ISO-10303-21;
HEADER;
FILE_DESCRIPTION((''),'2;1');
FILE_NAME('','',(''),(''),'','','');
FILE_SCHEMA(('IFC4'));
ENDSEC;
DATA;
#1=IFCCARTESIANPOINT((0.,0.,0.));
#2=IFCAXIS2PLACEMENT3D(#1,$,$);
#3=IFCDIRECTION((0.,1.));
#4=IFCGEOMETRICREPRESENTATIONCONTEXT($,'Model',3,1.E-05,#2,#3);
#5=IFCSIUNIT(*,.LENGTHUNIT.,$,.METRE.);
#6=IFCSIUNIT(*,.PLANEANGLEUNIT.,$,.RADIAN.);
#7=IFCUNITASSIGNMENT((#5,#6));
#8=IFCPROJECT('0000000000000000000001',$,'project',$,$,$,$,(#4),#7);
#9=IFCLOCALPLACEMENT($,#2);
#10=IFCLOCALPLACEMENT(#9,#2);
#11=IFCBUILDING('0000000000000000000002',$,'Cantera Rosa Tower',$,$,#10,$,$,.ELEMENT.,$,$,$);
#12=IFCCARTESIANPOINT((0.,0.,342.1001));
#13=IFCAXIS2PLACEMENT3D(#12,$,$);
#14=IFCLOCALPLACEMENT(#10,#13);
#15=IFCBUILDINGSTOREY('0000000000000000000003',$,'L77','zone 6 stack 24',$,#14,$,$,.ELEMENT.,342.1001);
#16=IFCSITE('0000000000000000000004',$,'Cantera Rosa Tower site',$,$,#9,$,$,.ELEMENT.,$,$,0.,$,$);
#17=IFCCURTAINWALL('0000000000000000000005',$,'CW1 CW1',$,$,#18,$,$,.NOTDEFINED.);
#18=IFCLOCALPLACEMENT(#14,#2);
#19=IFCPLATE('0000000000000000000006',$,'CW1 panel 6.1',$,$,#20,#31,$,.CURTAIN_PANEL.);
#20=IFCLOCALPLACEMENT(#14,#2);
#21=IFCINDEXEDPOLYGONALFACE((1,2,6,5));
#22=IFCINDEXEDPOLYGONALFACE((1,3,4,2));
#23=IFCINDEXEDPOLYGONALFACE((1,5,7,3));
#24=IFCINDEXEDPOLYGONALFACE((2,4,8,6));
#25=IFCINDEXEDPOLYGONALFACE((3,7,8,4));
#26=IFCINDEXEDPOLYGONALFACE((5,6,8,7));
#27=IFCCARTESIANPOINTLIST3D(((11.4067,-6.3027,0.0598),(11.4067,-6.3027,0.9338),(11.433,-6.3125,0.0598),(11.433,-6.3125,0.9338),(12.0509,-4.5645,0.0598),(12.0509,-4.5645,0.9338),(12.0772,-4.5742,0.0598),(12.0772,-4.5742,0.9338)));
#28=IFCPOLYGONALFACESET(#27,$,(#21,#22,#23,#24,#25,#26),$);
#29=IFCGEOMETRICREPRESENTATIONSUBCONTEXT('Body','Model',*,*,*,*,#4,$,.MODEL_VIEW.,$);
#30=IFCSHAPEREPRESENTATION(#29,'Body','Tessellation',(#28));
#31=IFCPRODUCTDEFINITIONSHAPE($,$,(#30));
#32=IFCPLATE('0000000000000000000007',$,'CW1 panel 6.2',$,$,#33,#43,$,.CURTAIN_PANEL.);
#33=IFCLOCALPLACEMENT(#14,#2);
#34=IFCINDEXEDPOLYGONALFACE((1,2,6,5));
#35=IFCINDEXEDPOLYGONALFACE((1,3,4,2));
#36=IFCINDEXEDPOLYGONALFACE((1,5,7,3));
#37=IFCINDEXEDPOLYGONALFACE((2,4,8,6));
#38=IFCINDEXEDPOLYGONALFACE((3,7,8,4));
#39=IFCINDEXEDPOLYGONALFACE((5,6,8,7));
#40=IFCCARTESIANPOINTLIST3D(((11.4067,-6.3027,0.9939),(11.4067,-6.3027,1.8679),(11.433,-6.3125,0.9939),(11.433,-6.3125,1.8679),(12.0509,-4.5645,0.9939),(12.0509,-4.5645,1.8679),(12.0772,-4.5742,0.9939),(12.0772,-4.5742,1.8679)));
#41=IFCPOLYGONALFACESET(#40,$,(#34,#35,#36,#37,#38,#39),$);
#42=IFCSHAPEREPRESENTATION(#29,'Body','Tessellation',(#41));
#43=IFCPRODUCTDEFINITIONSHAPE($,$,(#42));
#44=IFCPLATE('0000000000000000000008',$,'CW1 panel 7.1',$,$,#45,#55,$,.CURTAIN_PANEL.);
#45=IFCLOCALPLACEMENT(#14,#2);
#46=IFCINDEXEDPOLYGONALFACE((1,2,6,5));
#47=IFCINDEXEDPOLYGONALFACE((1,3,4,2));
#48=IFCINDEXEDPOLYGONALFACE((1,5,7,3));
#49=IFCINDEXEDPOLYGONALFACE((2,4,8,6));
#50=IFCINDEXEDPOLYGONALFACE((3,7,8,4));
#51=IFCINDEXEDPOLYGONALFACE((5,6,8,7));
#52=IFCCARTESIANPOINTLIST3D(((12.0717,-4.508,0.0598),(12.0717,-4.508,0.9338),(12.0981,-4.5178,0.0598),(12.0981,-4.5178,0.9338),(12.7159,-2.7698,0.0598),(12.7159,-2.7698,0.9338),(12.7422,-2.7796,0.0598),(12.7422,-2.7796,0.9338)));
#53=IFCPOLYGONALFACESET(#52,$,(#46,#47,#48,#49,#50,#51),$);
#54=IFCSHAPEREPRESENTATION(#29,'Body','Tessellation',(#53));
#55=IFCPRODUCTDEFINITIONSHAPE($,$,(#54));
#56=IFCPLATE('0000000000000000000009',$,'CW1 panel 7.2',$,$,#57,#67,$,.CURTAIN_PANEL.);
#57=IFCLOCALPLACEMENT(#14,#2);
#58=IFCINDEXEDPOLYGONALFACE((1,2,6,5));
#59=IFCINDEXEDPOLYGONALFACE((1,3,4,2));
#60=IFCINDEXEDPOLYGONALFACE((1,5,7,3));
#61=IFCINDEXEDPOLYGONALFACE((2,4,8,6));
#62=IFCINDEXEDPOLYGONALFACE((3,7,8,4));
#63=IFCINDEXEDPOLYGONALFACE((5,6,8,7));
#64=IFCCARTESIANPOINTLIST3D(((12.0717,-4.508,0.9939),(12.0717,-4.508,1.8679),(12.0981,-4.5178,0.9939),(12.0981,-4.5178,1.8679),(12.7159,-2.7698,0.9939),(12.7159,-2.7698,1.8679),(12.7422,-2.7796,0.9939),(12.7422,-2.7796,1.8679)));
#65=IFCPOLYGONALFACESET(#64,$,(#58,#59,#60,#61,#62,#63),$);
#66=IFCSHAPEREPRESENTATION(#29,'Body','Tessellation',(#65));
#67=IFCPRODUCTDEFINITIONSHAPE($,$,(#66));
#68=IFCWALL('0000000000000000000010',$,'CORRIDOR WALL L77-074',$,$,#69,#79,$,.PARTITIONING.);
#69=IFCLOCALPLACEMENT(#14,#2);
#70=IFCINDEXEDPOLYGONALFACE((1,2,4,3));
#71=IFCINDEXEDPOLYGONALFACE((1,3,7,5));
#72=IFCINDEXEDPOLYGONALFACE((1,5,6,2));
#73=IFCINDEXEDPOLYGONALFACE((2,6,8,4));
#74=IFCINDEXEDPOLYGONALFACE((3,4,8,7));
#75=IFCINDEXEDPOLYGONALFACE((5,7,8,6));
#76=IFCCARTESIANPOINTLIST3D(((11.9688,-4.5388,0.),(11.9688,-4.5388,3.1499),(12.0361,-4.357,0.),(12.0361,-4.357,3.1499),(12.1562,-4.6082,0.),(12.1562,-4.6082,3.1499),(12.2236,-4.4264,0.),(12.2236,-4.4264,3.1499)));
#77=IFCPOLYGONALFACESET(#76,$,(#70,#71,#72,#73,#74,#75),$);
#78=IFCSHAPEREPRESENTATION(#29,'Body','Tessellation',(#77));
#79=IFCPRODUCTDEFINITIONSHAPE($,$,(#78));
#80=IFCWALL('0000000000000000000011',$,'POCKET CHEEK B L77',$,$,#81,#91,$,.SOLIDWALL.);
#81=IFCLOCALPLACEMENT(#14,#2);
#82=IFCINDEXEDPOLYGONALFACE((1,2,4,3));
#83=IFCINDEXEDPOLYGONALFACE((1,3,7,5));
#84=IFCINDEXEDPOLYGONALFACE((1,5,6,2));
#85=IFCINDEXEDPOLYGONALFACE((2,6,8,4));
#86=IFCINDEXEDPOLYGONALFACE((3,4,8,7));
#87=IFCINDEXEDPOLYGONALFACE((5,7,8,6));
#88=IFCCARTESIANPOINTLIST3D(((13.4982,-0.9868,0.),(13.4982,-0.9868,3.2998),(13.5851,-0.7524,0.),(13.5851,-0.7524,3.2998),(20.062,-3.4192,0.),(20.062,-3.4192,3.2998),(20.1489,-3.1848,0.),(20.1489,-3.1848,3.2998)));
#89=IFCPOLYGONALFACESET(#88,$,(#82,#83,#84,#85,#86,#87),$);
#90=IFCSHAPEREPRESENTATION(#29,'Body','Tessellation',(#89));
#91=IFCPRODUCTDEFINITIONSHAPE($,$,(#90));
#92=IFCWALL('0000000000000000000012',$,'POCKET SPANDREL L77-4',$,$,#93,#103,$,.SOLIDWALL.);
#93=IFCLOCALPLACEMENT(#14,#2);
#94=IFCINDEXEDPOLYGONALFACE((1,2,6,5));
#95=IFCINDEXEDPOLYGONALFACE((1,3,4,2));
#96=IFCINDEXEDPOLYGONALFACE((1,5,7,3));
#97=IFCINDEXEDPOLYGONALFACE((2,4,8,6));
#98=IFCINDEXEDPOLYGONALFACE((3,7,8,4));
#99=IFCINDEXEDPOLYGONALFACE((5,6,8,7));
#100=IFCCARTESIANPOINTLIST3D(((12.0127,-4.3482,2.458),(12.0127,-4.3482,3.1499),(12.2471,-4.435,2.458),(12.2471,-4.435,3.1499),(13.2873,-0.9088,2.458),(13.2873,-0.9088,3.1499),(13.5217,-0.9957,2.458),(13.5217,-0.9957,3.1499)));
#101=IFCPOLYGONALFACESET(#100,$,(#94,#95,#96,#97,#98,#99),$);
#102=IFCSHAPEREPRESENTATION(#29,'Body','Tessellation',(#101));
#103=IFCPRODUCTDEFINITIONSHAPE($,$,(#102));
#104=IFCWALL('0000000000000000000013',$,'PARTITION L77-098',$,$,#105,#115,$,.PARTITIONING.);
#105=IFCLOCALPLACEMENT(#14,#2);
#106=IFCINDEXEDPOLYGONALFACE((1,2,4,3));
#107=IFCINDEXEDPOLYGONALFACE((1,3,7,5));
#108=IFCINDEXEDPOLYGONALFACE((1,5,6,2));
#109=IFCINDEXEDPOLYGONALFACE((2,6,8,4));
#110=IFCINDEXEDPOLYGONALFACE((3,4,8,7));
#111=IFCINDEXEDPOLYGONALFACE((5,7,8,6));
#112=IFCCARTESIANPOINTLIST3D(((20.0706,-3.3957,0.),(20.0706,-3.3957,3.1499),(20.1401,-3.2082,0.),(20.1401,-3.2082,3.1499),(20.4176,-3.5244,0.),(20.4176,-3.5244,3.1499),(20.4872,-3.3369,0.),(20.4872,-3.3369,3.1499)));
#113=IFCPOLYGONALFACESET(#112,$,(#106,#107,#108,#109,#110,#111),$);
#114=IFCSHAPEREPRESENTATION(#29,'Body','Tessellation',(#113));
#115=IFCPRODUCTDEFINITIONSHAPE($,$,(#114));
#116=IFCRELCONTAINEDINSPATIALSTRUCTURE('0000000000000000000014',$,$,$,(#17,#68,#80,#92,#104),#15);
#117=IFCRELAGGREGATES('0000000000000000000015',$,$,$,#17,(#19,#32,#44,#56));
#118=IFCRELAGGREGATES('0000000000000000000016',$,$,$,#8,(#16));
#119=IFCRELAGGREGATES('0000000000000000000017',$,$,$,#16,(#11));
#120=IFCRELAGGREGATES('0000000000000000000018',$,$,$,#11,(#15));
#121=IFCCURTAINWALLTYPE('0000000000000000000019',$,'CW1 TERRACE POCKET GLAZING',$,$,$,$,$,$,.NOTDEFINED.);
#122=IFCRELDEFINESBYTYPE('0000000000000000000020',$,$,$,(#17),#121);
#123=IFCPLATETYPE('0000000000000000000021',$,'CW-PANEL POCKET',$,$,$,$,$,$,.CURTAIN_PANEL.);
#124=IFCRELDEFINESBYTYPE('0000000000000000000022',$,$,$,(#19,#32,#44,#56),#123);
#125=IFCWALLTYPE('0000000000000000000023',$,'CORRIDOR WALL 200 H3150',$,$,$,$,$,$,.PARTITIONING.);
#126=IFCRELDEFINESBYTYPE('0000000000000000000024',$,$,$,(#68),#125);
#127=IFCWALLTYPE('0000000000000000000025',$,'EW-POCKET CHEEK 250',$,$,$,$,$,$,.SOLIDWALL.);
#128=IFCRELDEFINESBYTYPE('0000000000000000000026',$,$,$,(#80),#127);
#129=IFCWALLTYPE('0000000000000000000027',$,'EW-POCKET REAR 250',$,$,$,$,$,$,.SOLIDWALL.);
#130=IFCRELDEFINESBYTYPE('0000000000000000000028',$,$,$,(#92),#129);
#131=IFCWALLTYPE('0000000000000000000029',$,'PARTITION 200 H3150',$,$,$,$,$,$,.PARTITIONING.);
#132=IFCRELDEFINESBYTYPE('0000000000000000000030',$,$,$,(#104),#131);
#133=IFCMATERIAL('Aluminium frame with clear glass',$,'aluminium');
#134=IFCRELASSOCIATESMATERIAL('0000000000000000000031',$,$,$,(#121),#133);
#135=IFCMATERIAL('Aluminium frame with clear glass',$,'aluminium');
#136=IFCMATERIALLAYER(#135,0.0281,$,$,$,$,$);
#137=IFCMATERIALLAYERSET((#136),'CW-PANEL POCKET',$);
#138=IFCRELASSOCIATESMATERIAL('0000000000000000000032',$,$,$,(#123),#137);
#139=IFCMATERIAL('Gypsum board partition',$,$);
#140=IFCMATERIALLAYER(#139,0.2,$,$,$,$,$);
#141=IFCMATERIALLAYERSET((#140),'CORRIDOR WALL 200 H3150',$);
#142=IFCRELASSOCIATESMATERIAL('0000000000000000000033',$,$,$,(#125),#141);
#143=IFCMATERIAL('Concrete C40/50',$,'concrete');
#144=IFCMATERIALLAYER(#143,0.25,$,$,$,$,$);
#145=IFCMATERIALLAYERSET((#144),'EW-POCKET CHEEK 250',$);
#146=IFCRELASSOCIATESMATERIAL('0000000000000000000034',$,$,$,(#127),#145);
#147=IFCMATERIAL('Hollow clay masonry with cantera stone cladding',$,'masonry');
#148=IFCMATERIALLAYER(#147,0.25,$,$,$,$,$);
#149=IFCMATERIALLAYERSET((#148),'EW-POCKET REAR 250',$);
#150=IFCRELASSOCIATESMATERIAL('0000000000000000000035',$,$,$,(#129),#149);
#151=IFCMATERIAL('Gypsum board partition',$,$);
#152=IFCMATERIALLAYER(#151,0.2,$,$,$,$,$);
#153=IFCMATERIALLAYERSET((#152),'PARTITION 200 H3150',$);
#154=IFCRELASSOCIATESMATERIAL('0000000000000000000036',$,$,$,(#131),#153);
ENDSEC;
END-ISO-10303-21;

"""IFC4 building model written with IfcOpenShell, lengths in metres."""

from ifc_helpers import new_model, si_unit, direction, frame, frame_2d, origin, origin_2d, place, context, subcontext, project, spatial, rectangle, extrude, material, layer, layer_set, type_object, element, aggregate, save


model = new_model("IFC4")

# Units and contexts
model_context = context("Model", 3, precision=1e-05, world=origin(), true_north=direction((0.0, 1.0)))
body_context = subcontext(model_context, "Body", "Model", "MODEL_VIEW")
ifc_project = project(units=[si_unit("LENGTHUNIT", "METRE"), si_unit("PLANEANGLEUNIT", "RADIAN")], contexts=[model_context])

# Site, building, storey
site_placement = place(None, origin())
site = spatial("IfcSite", under=ifc_project, at=site_placement, Name="Cantera Rosa Tower site", CompositionType="ELEMENT", RefElevation=0.0)
building_placement = place(site_placement, origin())
building = spatial("IfcBuilding", under=site, at=building_placement, Name="Cantera Rosa Tower", CompositionType="ELEMENT")
storey_placement = place(building_placement, frame((0.0, 0.0, 342.1001)))
storey = spatial("IfcBuildingStorey", under=building, at=storey_placement, Name="L77", Description="zone 6 stack 24", CompositionType="ELEMENT", Elevation=342.1001)

# Curtain wall
ifc_material_1 = material(Name="Aluminium frame with clear glass", Category="aluminium")
curtain_wall_type = type_object("IfcCurtainWallType", Name="CW1 TERRACE POCKET GLAZING", PredefinedType="NOTDEFINED", material=ifc_material_1)
curtain_wall_placement = place(storey_placement, origin())
curtain_wall = element("IfcCurtainWall", 1, at=curtain_wall_placement, inside=storey, type_object=curtain_wall_type, Name="CW1 CW1", PredefinedType="NOTDEFINED")

# Plates
ifc_material_2 = material(Name="Aluminium frame with clear glass", Category="aluminium")
ifc_layer_1 = layer(ifc_material_2, 0.0281)
ifc_layer_set_1 = layer_set([ifc_layer_1], Name="CW-PANEL POCKET")
plate_type = type_object("IfcPlateType", Name="CW-PANEL POCKET", PredefinedType="CURTAIN_PANEL", material=ifc_layer_set_1)
plate_1_placement = place(storey_placement, frame((11.7419, -5.4385, 0.0598), z_axis=(0.0, 0.0, 1.0), x_axis=(0.347481, 0.937687, 0.0)))
plate_1 = element("IfcPlate", 2, at=plate_1_placement, type_object=plate_type, Name="CW1 panel 6.1", PredefinedType="CURTAIN_PANEL", context=body_context, shape_type="SweptSolid", body=[
    extrude(rectangle(XDim=1.8538, YDim=0.0281, at=origin_2d()), origin(), (0.0, 0.0, 1.0), 0.874),
])
plate_2_placement = place(storey_placement, frame((11.7419, -5.4385, 0.9939), z_axis=(0.0, 0.0, 1.0), x_axis=(0.347481, 0.937687, 0.0)))
plate_2 = element("IfcPlate", 3, at=plate_2_placement, type_object=plate_type, Name="CW1 panel 6.2", PredefinedType="CURTAIN_PANEL", context=body_context, shape_type="SweptSolid", body=[
    extrude(rectangle(XDim=1.8538, YDim=0.0281, at=origin_2d()), origin(), (0.0, 0.0, 1.0), 0.874),
])
plate_3_placement = place(storey_placement, frame((12.407, -3.6438, 0.0598), z_axis=(0.0, 0.0, 1.0), x_axis=(0.347481, 0.937687, 0.0)))
plate_3 = element("IfcPlate", 4, at=plate_3_placement, type_object=plate_type, Name="CW1 panel 7.1", PredefinedType="CURTAIN_PANEL", context=body_context, shape_type="SweptSolid", body=[
    extrude(rectangle(XDim=1.8538, YDim=0.0281, at=origin_2d()), origin(), (0.0, 0.0, 1.0), 0.874),
])
plate_4_placement = place(storey_placement, frame((12.407, -3.6438, 0.9939), z_axis=(0.0, 0.0, 1.0), x_axis=(0.347481, 0.937687, 0.0)))
plate_4 = element("IfcPlate", 5, at=plate_4_placement, type_object=plate_type, Name="CW1 panel 7.2", PredefinedType="CURTAIN_PANEL", context=body_context, shape_type="SweptSolid", body=[
    extrude(rectangle(XDim=1.8538, YDim=0.0281, at=origin_2d()), origin(), (0.0, 0.0, 1.0), 0.874),
])
aggregate(curtain_wall, [plate_1, plate_2, plate_3, plate_4])

# Wall
ifc_material_3 = material(Name="Gypsum board partition")
ifc_layer_2 = layer(ifc_material_3, 0.2)
ifc_layer_set_2 = layer_set([ifc_layer_2], Name="CORRIDOR WALL 200 H3150")
wall_type_1 = type_object("IfcWallType", Name="CORRIDOR WALL 200 H3150", PredefinedType="PARTITIONING", material=ifc_layer_set_2)
wall_1_placement = place(storey_placement, frame((12.0625, -4.5735, 0.0), z_axis=(0.0, 0.0, 1.0), x_axis=(0.347396, 0.937718, 0.0)))
element("IfcWall", 6, at=wall_1_placement, inside=storey, type_object=wall_type_1, Name="CORRIDOR WALL L77-074", PredefinedType="PARTITIONING", context=body_context, shape_type="SweptSolid", body=[
    extrude(rectangle(XDim=0.1938, YDim=0.2, at=frame_2d((0.0969, 0.0))), origin(), (0.0, 0.0, 1.0), 3.1499),
])

# Walls
ifc_material_4 = material(Name="Concrete C40/50", Category="concrete")
ifc_layer_3 = layer(ifc_material_4, 0.25)
ifc_layer_set_3 = layer_set([ifc_layer_3], Name="EW-POCKET CHEEK 250")
wall_type_2 = type_object("IfcWallType", Name="EW-POCKET CHEEK 250", PredefinedType="SOLIDWALL", material=ifc_layer_set_3)
wall_2_placement = place(storey_placement, frame((20.1055, -3.302, 0.0), z_axis=(0.0, 0.0, 1.0), x_axis=(-0.937685, 0.347486, 0.0)))
element("IfcWall", 7, at=wall_2_placement, inside=storey, type_object=wall_type_2, Name="POCKET CHEEK B L77", PredefinedType="SOLIDWALL", context=body_context, shape_type="SweptSolid", body=[
    extrude(rectangle(XDim=7.0, YDim=0.25, at=frame_2d((3.5, 0.0))), origin(), (0.0, 0.0, 1.0), 3.2998),
])
ifc_material_5 = material(Name="Hollow clay masonry with cantera stone cladding", Category="masonry")
ifc_layer_4 = layer(ifc_material_5, 0.25)
ifc_layer_set_4 = layer_set([ifc_layer_4], Name="EW-POCKET REAR 250")
wall_type_3 = type_object("IfcWallType", Name="EW-POCKET REAR 250", PredefinedType="SOLIDWALL", material=ifc_layer_set_4)
wall_3_placement = place(storey_placement, frame((12.1299, -4.3916, 2.458), z_axis=(0.0, 0.0, 1.0), x_axis=(0.347503, 0.937679, 0.0)))
element("IfcWall", 8, at=wall_3_placement, inside=storey, type_object=wall_type_3, Name="POCKET SPANDREL L77-4", PredefinedType="SOLIDWALL", context=body_context, shape_type="SweptSolid", body=[
    extrude(rectangle(XDim=3.668, YDim=0.25, at=frame_2d((1.834, 0.0))), origin(), (0.0, 0.0, 1.0), 0.6919),
])
ifc_material_6 = material(Name="Gypsum board partition")
ifc_layer_5 = layer(ifc_material_6, 0.2)
ifc_layer_set_5 = layer_set([ifc_layer_5], Name="PARTITION 200 H3150")
wall_type_4 = type_object("IfcWallType", Name="PARTITION 200 H3150", PredefinedType="PARTITIONING", material=ifc_layer_set_5)
wall_4_placement = place(storey_placement, frame((20.4524, -3.4307, 0.0), z_axis=(0.0, 0.0, 1.0), x_axis=(-0.937597, 0.347723, 0.0)))
element("IfcWall", 9, at=wall_4_placement, inside=storey, type_object=wall_type_4, Name="PARTITION L77-098", PredefinedType="PARTITIONING", context=body_context, shape_type="SweptSolid", body=[
    extrude(rectangle(XDim=0.3701, YDim=0.2, at=frame_2d((0.1851, 0.0))), origin(), (0.0, 0.0, 1.0), 3.1499),
])

save(model, "model.ifc")
